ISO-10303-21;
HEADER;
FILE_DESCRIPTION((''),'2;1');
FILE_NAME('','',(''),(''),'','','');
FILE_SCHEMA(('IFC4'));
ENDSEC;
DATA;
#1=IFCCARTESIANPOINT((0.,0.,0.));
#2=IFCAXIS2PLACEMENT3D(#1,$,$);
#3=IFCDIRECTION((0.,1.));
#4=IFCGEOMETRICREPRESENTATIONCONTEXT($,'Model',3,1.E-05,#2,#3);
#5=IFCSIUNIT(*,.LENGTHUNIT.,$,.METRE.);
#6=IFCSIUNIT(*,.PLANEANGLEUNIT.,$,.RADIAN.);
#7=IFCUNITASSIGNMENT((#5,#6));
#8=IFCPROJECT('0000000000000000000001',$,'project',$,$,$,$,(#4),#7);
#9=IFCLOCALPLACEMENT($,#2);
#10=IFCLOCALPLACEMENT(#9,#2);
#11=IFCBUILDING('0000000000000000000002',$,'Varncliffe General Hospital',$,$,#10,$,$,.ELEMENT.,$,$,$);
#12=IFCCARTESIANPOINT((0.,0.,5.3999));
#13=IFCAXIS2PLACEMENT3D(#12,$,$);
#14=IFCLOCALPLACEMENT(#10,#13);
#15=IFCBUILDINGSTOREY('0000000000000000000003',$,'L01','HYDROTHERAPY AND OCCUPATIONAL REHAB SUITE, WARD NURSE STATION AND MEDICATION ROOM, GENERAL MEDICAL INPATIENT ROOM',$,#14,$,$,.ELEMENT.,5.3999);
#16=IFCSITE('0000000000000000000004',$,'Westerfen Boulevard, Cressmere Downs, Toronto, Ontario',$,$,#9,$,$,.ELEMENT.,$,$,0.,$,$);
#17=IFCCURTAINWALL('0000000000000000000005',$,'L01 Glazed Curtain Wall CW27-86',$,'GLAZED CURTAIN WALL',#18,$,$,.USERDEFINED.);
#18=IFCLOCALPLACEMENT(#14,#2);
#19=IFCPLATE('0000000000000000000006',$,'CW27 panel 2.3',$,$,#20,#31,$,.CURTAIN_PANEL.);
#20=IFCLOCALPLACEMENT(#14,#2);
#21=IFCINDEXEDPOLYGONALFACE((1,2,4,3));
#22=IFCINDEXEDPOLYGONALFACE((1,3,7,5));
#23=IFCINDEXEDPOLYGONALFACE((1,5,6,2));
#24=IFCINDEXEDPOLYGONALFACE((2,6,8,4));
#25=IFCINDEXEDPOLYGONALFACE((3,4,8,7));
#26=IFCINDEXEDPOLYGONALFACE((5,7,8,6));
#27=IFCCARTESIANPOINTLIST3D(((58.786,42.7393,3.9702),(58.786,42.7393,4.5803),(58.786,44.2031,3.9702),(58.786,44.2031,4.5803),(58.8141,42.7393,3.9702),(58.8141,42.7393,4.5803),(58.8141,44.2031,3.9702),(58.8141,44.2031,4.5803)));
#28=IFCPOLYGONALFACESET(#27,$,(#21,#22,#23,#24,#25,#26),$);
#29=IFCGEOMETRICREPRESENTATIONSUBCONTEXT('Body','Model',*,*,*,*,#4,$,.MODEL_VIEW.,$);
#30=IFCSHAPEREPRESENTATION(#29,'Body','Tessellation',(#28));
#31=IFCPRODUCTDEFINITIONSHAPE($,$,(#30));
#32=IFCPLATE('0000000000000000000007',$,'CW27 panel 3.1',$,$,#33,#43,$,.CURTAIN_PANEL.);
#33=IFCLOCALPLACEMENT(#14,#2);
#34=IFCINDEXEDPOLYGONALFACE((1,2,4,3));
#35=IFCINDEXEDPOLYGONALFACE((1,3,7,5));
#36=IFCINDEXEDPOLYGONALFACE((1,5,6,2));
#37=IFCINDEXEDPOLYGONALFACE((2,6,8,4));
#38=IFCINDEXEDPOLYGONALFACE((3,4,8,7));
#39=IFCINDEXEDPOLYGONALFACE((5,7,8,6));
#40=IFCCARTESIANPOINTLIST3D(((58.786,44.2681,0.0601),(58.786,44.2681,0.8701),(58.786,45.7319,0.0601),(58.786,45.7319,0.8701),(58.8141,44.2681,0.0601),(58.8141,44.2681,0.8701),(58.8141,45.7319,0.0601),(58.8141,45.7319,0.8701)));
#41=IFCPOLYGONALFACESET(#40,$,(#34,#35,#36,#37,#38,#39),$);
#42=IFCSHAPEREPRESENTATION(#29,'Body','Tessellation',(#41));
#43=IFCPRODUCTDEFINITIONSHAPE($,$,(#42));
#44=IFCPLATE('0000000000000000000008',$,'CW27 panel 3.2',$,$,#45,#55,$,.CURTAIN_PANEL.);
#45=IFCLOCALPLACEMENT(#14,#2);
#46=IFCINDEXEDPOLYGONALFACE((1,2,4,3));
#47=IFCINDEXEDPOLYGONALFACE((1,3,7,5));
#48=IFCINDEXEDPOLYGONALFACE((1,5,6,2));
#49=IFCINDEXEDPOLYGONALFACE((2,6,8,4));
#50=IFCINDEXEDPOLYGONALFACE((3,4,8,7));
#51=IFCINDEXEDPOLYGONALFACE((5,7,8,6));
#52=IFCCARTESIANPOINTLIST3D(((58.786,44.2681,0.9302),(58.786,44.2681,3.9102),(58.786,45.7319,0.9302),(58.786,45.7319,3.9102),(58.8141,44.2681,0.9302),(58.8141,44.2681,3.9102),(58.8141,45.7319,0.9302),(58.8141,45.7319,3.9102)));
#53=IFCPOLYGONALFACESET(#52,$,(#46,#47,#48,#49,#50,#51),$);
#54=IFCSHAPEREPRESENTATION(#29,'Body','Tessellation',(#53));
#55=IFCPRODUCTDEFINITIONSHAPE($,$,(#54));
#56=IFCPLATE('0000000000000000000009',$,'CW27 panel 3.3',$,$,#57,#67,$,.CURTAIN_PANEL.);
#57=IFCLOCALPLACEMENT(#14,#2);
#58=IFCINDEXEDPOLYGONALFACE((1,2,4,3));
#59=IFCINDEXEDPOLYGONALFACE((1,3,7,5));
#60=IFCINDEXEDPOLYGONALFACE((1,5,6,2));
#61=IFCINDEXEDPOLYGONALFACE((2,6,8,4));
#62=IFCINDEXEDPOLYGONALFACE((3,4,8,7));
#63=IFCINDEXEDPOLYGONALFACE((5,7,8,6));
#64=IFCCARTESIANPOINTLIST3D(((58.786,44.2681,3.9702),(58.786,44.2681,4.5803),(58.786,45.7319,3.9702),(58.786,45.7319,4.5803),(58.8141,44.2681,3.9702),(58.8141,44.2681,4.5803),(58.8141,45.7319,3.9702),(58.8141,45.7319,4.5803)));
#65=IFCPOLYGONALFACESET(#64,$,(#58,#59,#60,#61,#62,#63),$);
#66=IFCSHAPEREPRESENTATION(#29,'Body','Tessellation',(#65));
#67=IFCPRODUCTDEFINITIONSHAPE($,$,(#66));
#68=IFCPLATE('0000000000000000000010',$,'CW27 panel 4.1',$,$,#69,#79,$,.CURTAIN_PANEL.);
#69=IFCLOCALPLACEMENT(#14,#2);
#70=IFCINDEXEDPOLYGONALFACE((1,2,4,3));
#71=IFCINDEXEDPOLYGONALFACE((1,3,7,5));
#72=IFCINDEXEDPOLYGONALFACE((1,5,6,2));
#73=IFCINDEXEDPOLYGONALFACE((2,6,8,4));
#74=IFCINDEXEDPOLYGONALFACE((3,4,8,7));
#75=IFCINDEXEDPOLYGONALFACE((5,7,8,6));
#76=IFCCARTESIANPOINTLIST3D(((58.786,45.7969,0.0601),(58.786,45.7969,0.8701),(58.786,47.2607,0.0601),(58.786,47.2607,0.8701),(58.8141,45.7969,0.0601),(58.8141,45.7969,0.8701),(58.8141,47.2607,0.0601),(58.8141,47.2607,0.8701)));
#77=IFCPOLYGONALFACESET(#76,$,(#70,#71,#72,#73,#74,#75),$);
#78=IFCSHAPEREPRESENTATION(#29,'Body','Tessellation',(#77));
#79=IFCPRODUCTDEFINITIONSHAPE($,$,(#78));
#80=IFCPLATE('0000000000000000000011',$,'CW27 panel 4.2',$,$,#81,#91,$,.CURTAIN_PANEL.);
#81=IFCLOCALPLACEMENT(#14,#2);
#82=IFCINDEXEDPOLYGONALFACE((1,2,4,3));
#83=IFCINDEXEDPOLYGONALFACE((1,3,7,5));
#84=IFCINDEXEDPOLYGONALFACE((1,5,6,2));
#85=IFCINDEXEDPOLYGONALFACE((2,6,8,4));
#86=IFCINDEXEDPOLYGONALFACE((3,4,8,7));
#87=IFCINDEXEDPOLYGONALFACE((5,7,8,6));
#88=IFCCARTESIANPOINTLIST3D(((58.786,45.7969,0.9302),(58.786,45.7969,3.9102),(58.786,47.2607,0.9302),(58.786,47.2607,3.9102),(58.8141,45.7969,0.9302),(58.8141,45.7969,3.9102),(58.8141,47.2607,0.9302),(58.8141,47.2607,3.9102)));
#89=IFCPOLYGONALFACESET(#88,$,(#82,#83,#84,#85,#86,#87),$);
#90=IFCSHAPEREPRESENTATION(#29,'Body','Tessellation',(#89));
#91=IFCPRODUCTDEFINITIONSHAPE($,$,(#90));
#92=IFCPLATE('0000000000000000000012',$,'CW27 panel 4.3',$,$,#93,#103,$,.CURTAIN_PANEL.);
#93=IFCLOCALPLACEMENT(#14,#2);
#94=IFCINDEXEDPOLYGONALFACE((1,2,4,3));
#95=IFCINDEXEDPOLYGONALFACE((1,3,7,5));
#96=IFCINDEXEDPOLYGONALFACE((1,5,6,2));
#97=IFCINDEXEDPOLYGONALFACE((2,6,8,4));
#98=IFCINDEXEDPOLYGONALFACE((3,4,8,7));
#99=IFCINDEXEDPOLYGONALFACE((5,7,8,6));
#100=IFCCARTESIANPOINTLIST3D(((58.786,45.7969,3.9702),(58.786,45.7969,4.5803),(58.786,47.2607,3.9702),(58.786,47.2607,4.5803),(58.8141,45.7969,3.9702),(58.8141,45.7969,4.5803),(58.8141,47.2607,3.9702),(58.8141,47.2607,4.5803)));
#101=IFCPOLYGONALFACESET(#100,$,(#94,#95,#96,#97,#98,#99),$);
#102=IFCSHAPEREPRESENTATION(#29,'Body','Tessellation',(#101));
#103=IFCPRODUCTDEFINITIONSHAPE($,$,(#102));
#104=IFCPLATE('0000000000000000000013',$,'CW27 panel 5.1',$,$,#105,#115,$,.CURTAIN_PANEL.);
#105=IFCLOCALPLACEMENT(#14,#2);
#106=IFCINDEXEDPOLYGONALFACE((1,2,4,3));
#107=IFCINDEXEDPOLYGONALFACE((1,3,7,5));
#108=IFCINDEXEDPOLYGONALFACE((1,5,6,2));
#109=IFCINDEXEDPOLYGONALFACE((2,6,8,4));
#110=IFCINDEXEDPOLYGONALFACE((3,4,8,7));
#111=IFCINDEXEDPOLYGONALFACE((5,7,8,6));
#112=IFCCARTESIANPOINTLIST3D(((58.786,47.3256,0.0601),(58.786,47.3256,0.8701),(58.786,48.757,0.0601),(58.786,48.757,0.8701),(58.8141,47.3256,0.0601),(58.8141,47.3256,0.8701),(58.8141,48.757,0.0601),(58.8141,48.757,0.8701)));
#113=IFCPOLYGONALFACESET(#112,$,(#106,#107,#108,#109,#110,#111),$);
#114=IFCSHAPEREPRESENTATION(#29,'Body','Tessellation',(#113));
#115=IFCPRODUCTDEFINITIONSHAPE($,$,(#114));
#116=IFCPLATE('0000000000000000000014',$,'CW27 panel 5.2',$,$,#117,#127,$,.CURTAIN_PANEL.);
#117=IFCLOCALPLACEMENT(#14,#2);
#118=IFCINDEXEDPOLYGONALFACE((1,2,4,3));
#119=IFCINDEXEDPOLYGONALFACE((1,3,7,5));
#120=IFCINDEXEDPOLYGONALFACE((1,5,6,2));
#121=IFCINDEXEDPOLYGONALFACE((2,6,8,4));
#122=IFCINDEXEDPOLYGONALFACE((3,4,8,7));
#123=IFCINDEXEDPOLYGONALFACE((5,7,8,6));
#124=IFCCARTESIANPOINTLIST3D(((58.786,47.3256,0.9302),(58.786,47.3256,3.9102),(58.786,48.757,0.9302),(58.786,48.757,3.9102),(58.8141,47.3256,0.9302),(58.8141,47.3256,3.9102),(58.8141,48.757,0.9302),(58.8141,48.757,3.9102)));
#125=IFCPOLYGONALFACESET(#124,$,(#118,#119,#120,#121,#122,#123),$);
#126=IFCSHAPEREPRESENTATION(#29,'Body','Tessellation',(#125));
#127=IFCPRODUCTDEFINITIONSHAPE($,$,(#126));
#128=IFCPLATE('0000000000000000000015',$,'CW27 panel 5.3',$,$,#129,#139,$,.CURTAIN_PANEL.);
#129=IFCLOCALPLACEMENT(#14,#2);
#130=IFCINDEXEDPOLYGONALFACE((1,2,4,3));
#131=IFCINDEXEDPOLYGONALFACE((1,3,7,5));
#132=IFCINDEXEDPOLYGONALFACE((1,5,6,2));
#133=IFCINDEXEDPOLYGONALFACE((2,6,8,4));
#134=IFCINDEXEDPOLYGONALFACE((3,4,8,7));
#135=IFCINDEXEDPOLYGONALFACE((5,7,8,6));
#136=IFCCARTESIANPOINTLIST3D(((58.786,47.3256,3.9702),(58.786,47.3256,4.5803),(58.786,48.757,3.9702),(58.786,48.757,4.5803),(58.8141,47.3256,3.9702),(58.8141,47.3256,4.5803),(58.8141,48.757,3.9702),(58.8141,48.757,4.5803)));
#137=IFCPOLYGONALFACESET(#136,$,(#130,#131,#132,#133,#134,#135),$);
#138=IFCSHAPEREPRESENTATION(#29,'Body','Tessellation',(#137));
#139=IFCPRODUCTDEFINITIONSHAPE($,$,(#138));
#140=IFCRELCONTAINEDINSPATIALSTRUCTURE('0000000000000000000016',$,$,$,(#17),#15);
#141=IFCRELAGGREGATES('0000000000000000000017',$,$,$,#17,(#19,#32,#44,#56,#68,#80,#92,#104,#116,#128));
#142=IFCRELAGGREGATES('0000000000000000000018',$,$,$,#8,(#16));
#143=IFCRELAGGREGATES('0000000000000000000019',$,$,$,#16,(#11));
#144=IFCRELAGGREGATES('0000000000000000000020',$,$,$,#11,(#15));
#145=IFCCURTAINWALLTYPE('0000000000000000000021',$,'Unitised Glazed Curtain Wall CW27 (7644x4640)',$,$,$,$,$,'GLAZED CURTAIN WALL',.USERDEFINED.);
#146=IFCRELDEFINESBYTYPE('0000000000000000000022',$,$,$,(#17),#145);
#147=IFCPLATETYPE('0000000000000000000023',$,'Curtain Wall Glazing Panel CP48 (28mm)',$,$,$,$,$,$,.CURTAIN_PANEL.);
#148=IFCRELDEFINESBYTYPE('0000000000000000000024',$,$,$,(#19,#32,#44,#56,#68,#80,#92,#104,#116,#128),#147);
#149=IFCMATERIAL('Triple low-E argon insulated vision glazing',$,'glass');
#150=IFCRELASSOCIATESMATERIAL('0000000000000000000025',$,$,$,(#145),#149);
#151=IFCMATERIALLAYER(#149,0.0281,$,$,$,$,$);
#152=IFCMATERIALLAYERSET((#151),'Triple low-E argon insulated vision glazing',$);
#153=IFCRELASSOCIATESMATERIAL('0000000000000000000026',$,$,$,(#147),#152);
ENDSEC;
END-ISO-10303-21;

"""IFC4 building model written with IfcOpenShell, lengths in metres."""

from ifc_helpers import new_model, si_unit, direction, frame, origin, origin_2d, place, context, subcontext, project, spatial, rectangle, extrude, material, layer, layer_set, type_object, element, aggregate, save


model = new_model("IFC4")

# Units and contexts
model_context = context("Model", 3, precision=1e-05, world=origin(), true_north=direction((0.0, 1.0)))
body_context = subcontext(model_context, "Body", "Model", "MODEL_VIEW")
ifc_project = project(units=[si_unit("LENGTHUNIT", "METRE"), si_unit("PLANEANGLEUNIT", "RADIAN")], contexts=[model_context])

# Site, building, storey
site_placement = place(None, origin())
site = spatial("IfcSite", under=ifc_project, at=site_placement, Name="Westerfen Boulevard, Cressmere Downs, Toronto, Ontario", CompositionType="ELEMENT", RefElevation=0.0)
building_placement = place(site_placement, origin())
building = spatial("IfcBuilding", under=site, at=building_placement, Name="Varncliffe General Hospital", CompositionType="ELEMENT")
storey_placement = place(building_placement, frame((0.0, 0.0, 5.3999)))
storey = spatial("IfcBuildingStorey", under=building, at=storey_placement, Name="L01", Description="HYDROTHERAPY AND OCCUPATIONAL REHAB SUITE, WARD NURSE STATION AND MEDICATION ROOM, GENERAL MEDICAL INPATIENT ROOM", CompositionType="ELEMENT", Elevation=5.3999)

# Curtain wall
ifc_material_1 = material(Name="Triple low-E argon insulated vision glazing", Category="glass")
curtain_wall_type_1 = type_object("IfcCurtainWallType", Name="Unitised Glazed Curtain Wall CW27 (7644x4640)", ElementType="GLAZED CURTAIN WALL", PredefinedType="USERDEFINED", material=ifc_material_1)
curtain_wall_1_placement = place(storey_placement, origin())
curtain_wall_1 = element("IfcCurtainWall", 1, at=curtain_wall_1_placement, inside=storey, type_object=curtain_wall_type_1, Name="L01 Glazed Curtain Wall CW27-86", ObjectType="GLAZED CURTAIN WALL", PredefinedType="USERDEFINED")

# Plates
ifc_layer = layer(ifc_material_1, 0.0281)
ifc_layer_set = layer_set([ifc_layer], Name="Triple low-E argon insulated vision glazing")
plate_type = type_object("IfcPlateType", Name="Curtain Wall Glazing Panel CP48 (28mm)", PredefinedType="CURTAIN_PANEL", material=ifc_layer_set)
plate_1_placement = place(storey_placement, frame((58.8, 43.4712, 3.9702), z_axis=(0.0, 0.0, 1.0), x_axis=(0.0, 1.0, 0.0)))
plate_1 = element("IfcPlate", 2, at=plate_1_placement, type_object=plate_type, Name="CW27 panel 2.3", PredefinedType="CURTAIN_PANEL", context=body_context, shape_type="SweptSolid", body=[
    extrude(rectangle(XDim=1.4639, YDim=0.0281, at=origin_2d()), origin(), (0.0, 0.0, 1.0), 0.6101),
])
plate_2_placement = place(storey_placement, frame((58.8, 45.0, 0.0601), z_axis=(0.0, 0.0, 1.0), x_axis=(0.0, 1.0, 0.0)))
plate_2 = element("IfcPlate", 3, at=plate_2_placement, type_object=plate_type, Name="CW27 panel 3.1", PredefinedType="CURTAIN_PANEL", context=body_context, shape_type="SweptSolid", body=[
    extrude(rectangle(XDim=1.4639, YDim=0.0281, at=origin_2d()), origin(), (0.0, 0.0, 1.0), 0.8101),
])
plate_3_placement = place(storey_placement, frame((58.8, 45.0, 0.9302), z_axis=(0.0, 0.0, 1.0), x_axis=(0.0, 1.0, 0.0)))
plate_3 = element("IfcPlate", 4, at=plate_3_placement, type_object=plate_type, Name="CW27 panel 3.2", PredefinedType="CURTAIN_PANEL", context=body_context, shape_type="SweptSolid", body=[
    extrude(rectangle(XDim=1.4639, YDim=0.0281, at=origin_2d()), origin(), (0.0, 0.0, 1.0), 2.98),
])
plate_4_placement = place(storey_placement, frame((58.8, 45.0, 3.9702), z_axis=(0.0, 0.0, 1.0), x_axis=(0.0, 1.0, 0.0)))
plate_4 = element("IfcPlate", 5, at=plate_4_placement, type_object=plate_type, Name="CW27 panel 3.3", PredefinedType="CURTAIN_PANEL", context=body_context, shape_type="SweptSolid", body=[
    extrude(rectangle(XDim=1.4639, YDim=0.0281, at=origin_2d()), origin(), (0.0, 0.0, 1.0), 0.6101),
])
plate_5_placement = place(storey_placement, frame((58.8, 46.5288, 0.0601), z_axis=(0.0, 0.0, 1.0), x_axis=(0.0, 1.0, 0.0)))
plate_5 = element("IfcPlate", 6, at=plate_5_placement, type_object=plate_type, Name="CW27 panel 4.1", PredefinedType="CURTAIN_PANEL", context=body_context, shape_type="SweptSolid", body=[
    extrude(rectangle(XDim=1.4639, YDim=0.0281, at=origin_2d()), origin(), (0.0, 0.0, 1.0), 0.8101),
])
plate_6_placement = place(storey_placement, frame((58.8, 46.5288, 0.9302), z_axis=(0.0, 0.0, 1.0), x_axis=(0.0, 1.0, 0.0)))
plate_6 = element("IfcPlate", 7, at=plate_6_placement, type_object=plate_type, Name="CW27 panel 4.2", PredefinedType="CURTAIN_PANEL", context=body_context, shape_type="SweptSolid", body=[
    extrude(rectangle(XDim=1.4639, YDim=0.0281, at=origin_2d()), origin(), (0.0, 0.0, 1.0), 2.98),
])
plate_7_placement = place(storey_placement, frame((58.8, 46.5288, 3.9702), z_axis=(0.0, 0.0, 1.0), x_axis=(0.0, 1.0, 0.0)))
plate_7 = element("IfcPlate", 8, at=plate_7_placement, type_object=plate_type, Name="CW27 panel 4.3", PredefinedType="CURTAIN_PANEL", context=body_context, shape_type="SweptSolid", body=[
    extrude(rectangle(XDim=1.4639, YDim=0.0281, at=origin_2d()), origin(), (0.0, 0.0, 1.0), 0.6101),
])
plate_8_placement = place(storey_placement, frame((58.8, 48.0413, 0.0601), z_axis=(0.0, 0.0, 1.0), x_axis=(0.0, 1.0, 0.0)))
plate_8 = element("IfcPlate", 9, at=plate_8_placement, type_object=plate_type, Name="CW27 panel 5.1", PredefinedType="CURTAIN_PANEL", context=body_context, shape_type="SweptSolid", body=[
    extrude(rectangle(XDim=1.4314, YDim=0.0281, at=origin_2d()), origin(), (0.0, 0.0, 1.0), 0.8101),
])
plate_9_placement = place(storey_placement, frame((58.8, 48.0413, 0.9302), z_axis=(0.0, 0.0, 1.0), x_axis=(0.0, 1.0, 0.0)))
plate_9 = element("IfcPlate", 10, at=plate_9_placement, type_object=plate_type, Name="CW27 panel 5.2", PredefinedType="CURTAIN_PANEL", context=body_context, shape_type="SweptSolid", body=[
    extrude(rectangle(XDim=1.4314, YDim=0.0281, at=origin_2d()), origin(), (0.0, 0.0, 1.0), 2.98),
])
plate_10_placement = place(storey_placement, frame((58.8, 48.0413, 3.9702), z_axis=(0.0, 0.0, 1.0), x_axis=(0.0, 1.0, 0.0)))
plate_10 = element("IfcPlate", 11, at=plate_10_placement, type_object=plate_type, Name="CW27 panel 5.3", PredefinedType="CURTAIN_PANEL", context=body_context, shape_type="SweptSolid", body=[
    extrude(rectangle(XDim=1.4314, YDim=0.0281, at=origin_2d()), origin(), (0.0, 0.0, 1.0), 0.6101),
])
aggregate(curtain_wall_1, [plate_1, plate_2, plate_3, plate_4, plate_5, plate_6, plate_7, plate_8, plate_9, plate_10])

save(model, "model.ifc")
